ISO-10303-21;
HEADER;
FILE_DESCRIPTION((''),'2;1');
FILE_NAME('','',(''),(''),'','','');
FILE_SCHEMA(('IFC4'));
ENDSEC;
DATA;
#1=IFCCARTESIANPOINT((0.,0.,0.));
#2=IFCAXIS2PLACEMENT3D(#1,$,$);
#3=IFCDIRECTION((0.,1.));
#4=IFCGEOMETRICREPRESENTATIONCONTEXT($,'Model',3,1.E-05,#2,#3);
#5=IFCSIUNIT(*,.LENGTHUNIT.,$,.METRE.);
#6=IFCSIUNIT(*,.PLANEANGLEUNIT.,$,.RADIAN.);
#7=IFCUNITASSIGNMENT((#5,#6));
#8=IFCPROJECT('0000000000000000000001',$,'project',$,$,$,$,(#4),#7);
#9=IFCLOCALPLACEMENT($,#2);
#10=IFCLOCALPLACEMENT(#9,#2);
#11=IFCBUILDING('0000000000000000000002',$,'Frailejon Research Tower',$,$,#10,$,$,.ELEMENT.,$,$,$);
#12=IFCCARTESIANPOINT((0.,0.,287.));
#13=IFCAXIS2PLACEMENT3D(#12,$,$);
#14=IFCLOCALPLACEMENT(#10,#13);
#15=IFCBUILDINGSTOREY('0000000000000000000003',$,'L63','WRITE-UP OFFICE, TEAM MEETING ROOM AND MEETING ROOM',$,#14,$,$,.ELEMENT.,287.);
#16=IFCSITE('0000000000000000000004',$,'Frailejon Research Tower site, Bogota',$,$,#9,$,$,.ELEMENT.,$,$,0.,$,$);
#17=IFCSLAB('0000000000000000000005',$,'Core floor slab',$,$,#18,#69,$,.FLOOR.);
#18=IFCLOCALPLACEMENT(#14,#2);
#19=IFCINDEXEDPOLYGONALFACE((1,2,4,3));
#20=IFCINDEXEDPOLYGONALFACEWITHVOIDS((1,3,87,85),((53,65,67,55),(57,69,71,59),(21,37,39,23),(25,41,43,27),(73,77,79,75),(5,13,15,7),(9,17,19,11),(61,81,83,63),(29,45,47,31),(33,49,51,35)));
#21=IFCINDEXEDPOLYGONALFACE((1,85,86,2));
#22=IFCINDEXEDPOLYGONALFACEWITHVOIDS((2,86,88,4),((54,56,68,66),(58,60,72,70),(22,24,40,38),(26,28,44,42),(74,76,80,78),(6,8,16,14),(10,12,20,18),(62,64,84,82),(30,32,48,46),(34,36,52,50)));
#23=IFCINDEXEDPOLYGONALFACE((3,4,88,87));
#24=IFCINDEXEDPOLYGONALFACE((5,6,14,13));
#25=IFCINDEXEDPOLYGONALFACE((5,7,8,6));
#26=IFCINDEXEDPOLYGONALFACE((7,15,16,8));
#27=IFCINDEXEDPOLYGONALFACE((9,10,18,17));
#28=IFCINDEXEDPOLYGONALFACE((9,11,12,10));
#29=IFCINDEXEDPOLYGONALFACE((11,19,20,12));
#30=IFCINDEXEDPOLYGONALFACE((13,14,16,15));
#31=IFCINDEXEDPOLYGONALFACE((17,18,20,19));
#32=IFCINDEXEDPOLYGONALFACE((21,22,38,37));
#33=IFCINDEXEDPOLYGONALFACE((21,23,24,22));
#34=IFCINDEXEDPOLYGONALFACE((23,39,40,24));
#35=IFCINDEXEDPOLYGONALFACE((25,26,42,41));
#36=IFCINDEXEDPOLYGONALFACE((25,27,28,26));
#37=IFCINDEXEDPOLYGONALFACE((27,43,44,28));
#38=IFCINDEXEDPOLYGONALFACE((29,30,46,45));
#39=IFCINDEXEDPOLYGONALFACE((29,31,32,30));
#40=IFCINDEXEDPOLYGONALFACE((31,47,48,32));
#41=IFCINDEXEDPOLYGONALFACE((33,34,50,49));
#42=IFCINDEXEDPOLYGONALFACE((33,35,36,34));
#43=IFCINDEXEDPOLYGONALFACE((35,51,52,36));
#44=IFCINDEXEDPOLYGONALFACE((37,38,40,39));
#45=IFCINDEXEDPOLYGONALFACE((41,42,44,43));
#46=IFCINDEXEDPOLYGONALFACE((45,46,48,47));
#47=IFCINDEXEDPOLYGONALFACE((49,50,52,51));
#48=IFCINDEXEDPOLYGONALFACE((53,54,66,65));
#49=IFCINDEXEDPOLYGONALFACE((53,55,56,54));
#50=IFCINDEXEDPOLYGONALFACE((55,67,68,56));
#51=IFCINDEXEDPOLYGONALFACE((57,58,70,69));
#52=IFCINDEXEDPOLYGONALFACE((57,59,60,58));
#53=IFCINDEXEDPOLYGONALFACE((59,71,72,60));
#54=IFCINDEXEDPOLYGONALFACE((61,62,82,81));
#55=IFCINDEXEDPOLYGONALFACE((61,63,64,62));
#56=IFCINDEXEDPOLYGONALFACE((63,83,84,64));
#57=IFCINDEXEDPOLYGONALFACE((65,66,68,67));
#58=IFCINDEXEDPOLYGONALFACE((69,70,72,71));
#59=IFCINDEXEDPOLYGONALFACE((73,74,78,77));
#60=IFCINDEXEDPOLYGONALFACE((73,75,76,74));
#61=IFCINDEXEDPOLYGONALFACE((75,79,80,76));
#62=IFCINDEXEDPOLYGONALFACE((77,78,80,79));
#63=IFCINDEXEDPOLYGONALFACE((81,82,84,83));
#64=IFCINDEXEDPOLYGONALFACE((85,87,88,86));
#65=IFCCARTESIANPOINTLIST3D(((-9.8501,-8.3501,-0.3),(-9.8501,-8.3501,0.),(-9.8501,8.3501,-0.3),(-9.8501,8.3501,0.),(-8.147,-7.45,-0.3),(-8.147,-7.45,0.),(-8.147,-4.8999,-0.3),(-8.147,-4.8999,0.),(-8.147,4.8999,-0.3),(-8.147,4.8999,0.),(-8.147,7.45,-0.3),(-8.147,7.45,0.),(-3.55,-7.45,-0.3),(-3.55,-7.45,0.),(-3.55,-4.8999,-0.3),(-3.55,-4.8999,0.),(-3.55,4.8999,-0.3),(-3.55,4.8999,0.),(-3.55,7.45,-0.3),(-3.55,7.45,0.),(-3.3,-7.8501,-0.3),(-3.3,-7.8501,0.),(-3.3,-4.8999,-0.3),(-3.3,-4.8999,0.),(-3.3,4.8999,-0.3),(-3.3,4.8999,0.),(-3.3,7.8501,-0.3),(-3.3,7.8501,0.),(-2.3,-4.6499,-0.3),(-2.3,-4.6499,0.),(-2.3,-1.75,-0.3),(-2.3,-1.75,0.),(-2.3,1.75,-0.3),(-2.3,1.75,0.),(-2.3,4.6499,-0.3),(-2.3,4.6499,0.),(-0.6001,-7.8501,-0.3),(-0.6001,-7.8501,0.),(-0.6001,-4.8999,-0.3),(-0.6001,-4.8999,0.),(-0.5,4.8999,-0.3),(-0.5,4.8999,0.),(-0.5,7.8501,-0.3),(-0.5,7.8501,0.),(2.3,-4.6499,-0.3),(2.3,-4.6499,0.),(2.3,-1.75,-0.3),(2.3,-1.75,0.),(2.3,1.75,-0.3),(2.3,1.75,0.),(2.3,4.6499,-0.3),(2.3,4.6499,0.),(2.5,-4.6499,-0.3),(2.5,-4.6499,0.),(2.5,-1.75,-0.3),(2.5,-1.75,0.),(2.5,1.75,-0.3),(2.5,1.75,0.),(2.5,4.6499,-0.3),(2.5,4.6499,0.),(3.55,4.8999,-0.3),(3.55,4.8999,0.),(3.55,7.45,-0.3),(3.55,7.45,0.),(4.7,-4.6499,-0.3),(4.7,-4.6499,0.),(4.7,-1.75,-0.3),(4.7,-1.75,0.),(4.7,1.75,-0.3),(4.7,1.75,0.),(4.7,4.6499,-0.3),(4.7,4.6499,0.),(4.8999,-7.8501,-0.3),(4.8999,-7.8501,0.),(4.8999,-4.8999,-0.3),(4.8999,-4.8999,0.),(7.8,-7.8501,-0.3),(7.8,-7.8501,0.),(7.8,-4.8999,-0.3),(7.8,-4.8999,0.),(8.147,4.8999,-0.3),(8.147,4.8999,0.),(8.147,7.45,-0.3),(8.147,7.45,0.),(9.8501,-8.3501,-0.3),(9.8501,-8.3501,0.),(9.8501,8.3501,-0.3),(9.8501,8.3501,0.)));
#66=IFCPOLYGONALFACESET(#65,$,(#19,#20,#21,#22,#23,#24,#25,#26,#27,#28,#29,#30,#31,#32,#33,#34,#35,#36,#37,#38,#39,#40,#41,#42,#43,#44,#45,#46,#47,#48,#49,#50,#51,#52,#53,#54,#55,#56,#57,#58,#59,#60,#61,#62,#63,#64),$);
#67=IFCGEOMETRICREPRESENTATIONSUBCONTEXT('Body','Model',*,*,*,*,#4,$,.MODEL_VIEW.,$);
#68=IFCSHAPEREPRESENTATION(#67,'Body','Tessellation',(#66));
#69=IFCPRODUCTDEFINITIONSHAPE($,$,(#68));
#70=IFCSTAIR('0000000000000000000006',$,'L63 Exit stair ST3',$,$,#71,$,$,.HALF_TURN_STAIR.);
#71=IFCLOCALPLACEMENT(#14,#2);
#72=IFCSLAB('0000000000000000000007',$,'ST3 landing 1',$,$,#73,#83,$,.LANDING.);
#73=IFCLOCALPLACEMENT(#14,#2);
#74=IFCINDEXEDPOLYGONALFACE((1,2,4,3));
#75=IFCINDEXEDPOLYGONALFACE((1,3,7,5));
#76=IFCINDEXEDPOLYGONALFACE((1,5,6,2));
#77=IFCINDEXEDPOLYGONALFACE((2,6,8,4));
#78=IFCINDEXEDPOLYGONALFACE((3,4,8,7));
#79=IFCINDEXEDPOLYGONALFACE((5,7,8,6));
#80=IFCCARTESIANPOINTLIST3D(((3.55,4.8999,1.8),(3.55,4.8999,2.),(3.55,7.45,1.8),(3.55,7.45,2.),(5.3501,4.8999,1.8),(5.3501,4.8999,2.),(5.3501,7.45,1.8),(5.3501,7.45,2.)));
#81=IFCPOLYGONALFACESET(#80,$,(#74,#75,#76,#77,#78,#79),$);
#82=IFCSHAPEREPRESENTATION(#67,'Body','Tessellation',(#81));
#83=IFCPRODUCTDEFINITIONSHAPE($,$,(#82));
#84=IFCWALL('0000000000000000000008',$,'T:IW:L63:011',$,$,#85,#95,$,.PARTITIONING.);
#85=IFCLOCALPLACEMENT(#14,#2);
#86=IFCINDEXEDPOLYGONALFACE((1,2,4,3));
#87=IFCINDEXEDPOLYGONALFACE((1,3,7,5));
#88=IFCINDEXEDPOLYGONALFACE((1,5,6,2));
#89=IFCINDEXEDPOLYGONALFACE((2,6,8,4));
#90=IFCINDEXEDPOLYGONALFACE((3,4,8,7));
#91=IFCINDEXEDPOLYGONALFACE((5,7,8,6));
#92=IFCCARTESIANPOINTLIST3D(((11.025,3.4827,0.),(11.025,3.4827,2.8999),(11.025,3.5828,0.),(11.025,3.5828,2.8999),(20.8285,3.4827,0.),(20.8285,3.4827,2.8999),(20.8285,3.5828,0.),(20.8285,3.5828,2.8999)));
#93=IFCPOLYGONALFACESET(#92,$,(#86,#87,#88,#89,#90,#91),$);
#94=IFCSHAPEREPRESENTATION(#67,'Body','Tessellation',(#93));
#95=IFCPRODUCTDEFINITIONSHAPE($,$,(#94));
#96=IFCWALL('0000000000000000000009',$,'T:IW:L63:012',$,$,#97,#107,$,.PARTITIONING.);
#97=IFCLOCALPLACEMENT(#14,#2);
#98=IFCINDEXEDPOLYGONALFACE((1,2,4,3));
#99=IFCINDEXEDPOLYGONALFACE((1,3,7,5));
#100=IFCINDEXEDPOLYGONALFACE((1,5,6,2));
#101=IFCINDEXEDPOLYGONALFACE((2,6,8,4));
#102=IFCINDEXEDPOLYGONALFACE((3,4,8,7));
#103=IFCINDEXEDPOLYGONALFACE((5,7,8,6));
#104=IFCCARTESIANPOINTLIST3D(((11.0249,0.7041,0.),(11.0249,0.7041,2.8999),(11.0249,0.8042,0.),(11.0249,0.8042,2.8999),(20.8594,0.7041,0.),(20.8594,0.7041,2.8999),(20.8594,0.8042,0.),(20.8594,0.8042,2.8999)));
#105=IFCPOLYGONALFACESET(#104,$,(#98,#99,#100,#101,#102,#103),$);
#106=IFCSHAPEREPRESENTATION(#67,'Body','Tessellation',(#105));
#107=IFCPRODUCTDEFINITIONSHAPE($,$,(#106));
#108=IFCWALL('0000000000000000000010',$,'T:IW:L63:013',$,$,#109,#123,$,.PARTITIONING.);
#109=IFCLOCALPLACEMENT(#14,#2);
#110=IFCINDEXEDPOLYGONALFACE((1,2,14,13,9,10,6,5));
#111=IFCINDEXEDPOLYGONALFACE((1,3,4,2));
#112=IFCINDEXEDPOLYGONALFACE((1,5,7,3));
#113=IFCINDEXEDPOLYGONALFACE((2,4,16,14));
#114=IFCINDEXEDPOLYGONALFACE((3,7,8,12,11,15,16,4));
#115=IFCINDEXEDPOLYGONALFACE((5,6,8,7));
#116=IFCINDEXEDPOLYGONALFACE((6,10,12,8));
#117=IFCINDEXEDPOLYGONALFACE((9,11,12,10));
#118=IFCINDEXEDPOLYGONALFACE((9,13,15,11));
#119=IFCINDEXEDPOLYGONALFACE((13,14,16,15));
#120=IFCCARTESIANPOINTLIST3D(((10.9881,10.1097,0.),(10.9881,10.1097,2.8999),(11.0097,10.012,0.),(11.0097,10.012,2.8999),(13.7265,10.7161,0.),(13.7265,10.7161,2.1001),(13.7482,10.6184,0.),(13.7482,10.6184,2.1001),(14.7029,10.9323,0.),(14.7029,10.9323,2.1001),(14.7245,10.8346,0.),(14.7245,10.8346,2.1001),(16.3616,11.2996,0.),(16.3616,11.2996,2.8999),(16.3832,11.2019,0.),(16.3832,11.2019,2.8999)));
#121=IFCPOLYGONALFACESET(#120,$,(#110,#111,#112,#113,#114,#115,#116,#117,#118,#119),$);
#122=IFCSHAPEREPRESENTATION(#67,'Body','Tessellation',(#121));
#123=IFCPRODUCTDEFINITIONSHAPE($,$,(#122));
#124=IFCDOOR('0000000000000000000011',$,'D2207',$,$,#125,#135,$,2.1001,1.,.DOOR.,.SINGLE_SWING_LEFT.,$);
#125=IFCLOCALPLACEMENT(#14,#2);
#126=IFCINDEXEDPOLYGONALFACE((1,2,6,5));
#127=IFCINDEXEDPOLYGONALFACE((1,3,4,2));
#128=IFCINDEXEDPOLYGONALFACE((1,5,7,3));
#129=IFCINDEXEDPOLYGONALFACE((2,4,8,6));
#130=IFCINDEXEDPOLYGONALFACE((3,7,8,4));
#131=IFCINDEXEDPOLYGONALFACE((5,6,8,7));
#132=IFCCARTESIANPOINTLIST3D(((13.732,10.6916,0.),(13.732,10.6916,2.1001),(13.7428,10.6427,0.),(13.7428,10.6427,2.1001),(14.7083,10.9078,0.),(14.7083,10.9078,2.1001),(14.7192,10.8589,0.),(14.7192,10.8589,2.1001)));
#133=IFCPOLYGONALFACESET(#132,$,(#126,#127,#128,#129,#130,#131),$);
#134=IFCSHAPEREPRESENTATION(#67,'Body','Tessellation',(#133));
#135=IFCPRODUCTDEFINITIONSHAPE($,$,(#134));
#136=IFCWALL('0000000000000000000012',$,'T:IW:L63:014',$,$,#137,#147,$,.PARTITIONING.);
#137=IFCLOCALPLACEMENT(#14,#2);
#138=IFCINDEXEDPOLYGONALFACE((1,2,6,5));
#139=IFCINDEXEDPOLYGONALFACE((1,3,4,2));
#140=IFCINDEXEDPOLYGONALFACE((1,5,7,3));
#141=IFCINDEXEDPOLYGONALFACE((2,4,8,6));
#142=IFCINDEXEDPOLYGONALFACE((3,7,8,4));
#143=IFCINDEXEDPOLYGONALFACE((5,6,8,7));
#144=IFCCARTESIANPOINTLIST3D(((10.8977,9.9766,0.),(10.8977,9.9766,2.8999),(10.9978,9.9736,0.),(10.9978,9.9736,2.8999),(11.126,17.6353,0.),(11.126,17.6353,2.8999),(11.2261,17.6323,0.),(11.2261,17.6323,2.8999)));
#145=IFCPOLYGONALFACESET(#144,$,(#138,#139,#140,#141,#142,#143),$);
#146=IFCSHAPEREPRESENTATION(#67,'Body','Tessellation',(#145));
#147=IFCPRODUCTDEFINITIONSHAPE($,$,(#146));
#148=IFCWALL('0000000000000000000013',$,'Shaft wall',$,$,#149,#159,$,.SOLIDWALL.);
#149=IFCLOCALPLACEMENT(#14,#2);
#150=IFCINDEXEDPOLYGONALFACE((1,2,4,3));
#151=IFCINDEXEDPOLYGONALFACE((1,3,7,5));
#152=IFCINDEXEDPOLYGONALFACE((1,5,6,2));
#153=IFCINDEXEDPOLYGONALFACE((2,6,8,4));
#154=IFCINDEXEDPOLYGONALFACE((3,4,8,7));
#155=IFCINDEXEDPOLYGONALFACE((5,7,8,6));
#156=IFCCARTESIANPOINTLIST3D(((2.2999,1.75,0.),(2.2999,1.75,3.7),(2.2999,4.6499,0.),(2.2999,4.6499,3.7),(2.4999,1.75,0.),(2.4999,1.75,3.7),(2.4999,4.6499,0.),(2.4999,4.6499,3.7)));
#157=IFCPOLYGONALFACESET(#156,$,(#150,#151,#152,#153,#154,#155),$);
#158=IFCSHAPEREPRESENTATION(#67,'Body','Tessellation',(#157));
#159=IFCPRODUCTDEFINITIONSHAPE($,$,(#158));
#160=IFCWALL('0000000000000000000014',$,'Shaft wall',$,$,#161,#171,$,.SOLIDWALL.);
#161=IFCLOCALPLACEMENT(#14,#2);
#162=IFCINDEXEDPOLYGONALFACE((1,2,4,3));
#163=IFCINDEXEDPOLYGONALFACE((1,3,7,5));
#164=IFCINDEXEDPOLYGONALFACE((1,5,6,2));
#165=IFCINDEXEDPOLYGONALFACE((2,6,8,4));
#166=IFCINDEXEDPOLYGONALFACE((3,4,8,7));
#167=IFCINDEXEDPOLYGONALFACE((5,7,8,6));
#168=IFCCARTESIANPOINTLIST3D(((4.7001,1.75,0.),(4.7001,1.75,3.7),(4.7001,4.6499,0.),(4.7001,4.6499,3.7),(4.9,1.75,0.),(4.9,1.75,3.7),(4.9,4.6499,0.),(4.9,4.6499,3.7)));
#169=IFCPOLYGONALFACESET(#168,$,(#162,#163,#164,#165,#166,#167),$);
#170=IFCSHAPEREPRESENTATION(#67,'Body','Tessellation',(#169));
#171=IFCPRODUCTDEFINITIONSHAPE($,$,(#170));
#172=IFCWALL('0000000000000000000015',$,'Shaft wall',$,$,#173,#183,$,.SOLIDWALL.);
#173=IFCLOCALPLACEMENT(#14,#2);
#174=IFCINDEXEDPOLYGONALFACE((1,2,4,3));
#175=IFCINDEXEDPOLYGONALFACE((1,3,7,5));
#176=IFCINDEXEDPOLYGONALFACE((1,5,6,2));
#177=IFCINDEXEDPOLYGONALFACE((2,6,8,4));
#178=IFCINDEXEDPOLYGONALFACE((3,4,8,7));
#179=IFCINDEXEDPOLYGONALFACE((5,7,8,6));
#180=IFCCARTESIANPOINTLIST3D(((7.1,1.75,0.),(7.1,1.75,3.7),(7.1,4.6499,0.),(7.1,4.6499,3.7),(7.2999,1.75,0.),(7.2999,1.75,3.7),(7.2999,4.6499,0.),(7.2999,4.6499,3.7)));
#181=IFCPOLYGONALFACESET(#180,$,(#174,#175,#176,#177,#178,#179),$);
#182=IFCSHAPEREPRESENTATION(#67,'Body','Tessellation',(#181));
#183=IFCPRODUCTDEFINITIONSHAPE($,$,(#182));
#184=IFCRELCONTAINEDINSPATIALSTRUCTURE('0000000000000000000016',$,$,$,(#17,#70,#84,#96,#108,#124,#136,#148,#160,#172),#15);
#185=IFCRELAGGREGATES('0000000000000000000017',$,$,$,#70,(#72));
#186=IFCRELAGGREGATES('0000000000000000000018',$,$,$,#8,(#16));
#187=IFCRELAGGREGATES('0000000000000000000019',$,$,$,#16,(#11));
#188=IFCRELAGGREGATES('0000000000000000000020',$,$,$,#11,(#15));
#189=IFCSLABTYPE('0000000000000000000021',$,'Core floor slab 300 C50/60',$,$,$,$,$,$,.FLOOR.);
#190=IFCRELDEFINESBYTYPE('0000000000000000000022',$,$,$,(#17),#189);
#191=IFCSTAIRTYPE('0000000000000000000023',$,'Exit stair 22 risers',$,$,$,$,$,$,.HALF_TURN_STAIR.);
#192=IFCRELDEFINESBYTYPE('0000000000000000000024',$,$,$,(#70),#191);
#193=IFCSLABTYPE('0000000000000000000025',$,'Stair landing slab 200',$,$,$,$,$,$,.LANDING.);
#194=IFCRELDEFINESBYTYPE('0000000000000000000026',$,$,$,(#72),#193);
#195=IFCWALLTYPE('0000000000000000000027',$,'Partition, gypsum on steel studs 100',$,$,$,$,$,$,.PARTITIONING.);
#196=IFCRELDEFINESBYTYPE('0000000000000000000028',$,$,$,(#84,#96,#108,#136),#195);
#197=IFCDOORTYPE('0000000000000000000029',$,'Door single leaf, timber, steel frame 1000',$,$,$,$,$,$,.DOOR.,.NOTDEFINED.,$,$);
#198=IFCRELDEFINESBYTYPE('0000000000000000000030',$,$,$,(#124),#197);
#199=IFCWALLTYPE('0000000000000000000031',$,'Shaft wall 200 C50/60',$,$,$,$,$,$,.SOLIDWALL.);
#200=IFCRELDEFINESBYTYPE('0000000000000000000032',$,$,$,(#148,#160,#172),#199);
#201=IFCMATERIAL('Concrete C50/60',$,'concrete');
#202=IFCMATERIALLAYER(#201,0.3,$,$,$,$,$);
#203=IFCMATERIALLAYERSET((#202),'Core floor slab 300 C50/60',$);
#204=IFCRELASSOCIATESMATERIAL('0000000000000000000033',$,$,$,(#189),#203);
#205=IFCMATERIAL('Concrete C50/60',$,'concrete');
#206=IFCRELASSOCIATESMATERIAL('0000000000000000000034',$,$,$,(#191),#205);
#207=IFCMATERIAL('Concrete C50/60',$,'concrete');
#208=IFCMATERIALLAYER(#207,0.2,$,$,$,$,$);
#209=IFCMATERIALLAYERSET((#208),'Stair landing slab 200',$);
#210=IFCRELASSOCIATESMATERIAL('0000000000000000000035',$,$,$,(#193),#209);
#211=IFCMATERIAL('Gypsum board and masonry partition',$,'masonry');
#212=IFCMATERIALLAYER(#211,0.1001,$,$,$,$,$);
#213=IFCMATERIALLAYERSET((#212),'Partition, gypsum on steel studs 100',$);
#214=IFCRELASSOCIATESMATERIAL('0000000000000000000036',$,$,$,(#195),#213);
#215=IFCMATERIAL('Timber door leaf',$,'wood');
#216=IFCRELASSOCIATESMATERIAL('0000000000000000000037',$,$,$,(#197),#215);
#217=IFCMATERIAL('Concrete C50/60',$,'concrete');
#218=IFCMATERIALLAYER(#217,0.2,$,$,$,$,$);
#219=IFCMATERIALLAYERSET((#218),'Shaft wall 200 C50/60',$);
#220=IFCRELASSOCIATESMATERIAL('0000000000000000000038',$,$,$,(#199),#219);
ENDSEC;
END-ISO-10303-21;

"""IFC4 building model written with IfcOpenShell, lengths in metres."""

from ifc_helpers import new_model, si_unit, direction, frame, frame_2d, origin, place, context, subcontext, project, spatial, polyline, rectangle, outline, extrude, material, layer, layer_set, type_object, element, fill, aggregate, save


model = new_model("IFC4")

# Units and contexts
model_context = context("Model", 3, precision=1e-05, world=origin(), true_north=direction((0.0, 1.0)))
body_context = subcontext(model_context, "Body", "Model", "MODEL_VIEW")
ifc_project = project(units=[si_unit("LENGTHUNIT", "METRE"), si_unit("PLANEANGLEUNIT", "RADIAN")], contexts=[model_context])

# Site, building, storey
site_placement = place(None, origin())
site = spatial("IfcSite", under=ifc_project, at=site_placement, Name="Frailejon Research Tower site, Bogota", CompositionType="ELEMENT", RefElevation=0.0)
building_placement = place(site_placement, origin())
building = spatial("IfcBuilding", under=site, at=building_placement, Name="Frailejon Research Tower", CompositionType="ELEMENT")
storey_placement = place(building_placement, frame((0.0, 0.0, 287.0)))
storey = spatial("IfcBuildingStorey", under=building, at=storey_placement, Name="L63", Description="WRITE-UP OFFICE, TEAM MEETING ROOM AND MEETING ROOM", CompositionType="ELEMENT", Elevation=287.0)

# Slab
ifc_material_1 = material(Name="Concrete C50/60", Category="concrete")
ifc_layer_1 = layer(ifc_material_1, 0.3)
ifc_layer_set_1 = layer_set([ifc_layer_1], Name="Core floor slab 300 C50/60")
slab_type_1 = type_object("IfcSlabType", Name="Core floor slab 300 C50/60", PredefinedType="FLOOR", material=ifc_layer_set_1)
slab_1_placement = place(storey_placement, frame((0.0, 0.0, -0.3)))
element("IfcSlab", 1, at=slab_1_placement, inside=storey, type_object=slab_type_1, Name="Core floor slab", PredefinedType="FLOOR", context=body_context, shape_type="SweptSolid", body=[
    extrude(outline(polyline([(9.8501, -8.3501), (9.8501, 8.3501), (-9.8501, 8.3501), (-9.8501, -8.3501), (9.8501, -8.3501)]), holes=[polyline([(2.3, 1.75), (2.3, 4.6499), (-2.3, 4.6499), (-2.3, 1.75), (2.3, 1.75)]), polyline([(4.7, 1.75), (4.7, 4.6499), (2.5, 4.6499), (2.5, 1.75), (4.7, 1.75)]), polyline([(2.3, -4.6499), (2.3, -1.75), (-2.3, -1.75), (-2.3, -4.6499), (2.3, -4.6499)]), polyline([(4.7, -4.6499), (4.7, -1.75), (2.5, -1.75), (2.5, -4.6499), (4.7, -4.6499)]), polyline([(-8.147, 4.8999), (-3.55, 4.8999), (-3.55, 7.45), (-8.147, 7.45), (-8.147, 4.8999)]), polyline([(-8.147, -7.45), (-3.55, -7.45), (-3.55, -4.8999), (-8.147, -4.8999), (-8.147, -7.45)]), polyline([(8.147, 7.45), (3.55, 7.45), (3.55, 4.8999), (8.147, 4.8999), (8.147, 7.45)]), polyline([(-0.6001, -7.8501), (-0.6001, -4.8999), (-3.3, -4.8999), (-3.3, -7.8501), (-0.6001, -7.8501)]), polyline([(7.8, -7.8501), (7.8, -4.8999), (4.8999, -4.8999), (4.8999, -7.8501), (7.8, -7.8501)]), polyline([(-0.5, 4.8999), (-0.5, 7.8501), (-3.3, 7.8501), (-3.3, 4.8999), (-0.5, 4.8999)])]), origin(), (0.0, 0.0, 1.0), 0.3),
])

# Stair, slab
ifc_material_2 = material(Name="Concrete C50/60", Category="concrete")
stair_type = type_object("IfcStairType", Name="Exit stair 22 risers", PredefinedType="HALF_TURN_STAIR", material=ifc_material_2)
stair_placement = place(storey_placement, origin())
stair = element("IfcStair", 2, at=stair_placement, inside=storey, type_object=stair_type, Name="L63 Exit stair ST3", PredefinedType="HALF_TURN_STAIR")
ifc_material_3 = material(Name="Concrete C50/60", Category="concrete")
ifc_layer_2 = layer(ifc_material_3, 0.2)
ifc_layer_set_2 = layer_set([ifc_layer_2], Name="Stair landing slab 200")
slab_type_2 = type_object("IfcSlabType", Name="Stair landing slab 200", PredefinedType="LANDING", material=ifc_layer_set_2)
slab_2_placement = place(storey_placement, frame((0.0, 0.0, 1.8)))
slab_2 = element("IfcSlab", 3, at=slab_2_placement, type_object=slab_type_2, Name="ST3 landing 1", PredefinedType="LANDING", context=body_context, shape_type="SweptSolid", body=[
    extrude(outline(polyline([(5.3501, 7.45), (3.55, 7.45), (3.55, 4.8999), (5.3501, 4.8999), (5.3501, 7.45)])), origin(), (0.0, 0.0, 1.0), 0.2),
])

# Walls
ifc_material_4 = material(Name="Gypsum board and masonry partition", Category="masonry")
ifc_layer_3 = layer(ifc_material_4, 0.1001)
ifc_layer_set_3 = layer_set([ifc_layer_3], Name="Partition, gypsum on steel studs 100")
wall_type_1 = type_object("IfcWallType", Name="Partition, gypsum on steel studs 100", PredefinedType="PARTITIONING", material=ifc_layer_set_3)
wall_1_placement = place(storey_placement, frame((11.0249, 3.5327, 0.0), z_axis=(0.0, 0.0, 1.0), x_axis=(1.0, 0.0, 0.0)))
element("IfcWall", 4, at=wall_1_placement, inside=storey, type_object=wall_type_1, Name="T:IW:L63:011", PredefinedType="PARTITIONING", context=body_context, shape_type="SweptSolid", body=[
    extrude(rectangle(XDim=9.8035, YDim=0.1001, at=frame_2d((4.9019, 0.0))), origin(), (0.0, 0.0, 1.0), 2.8999),
])
wall_2_placement = place(storey_placement, frame((11.0249, 0.7542, 0.0), z_axis=(0.0, 0.0, 1.0), x_axis=(1.0, 0.0, 0.0)))
element("IfcWall", 5, at=wall_2_placement, inside=storey, type_object=wall_type_1, Name="T:IW:L63:012", PredefinedType="PARTITIONING", context=body_context, shape_type="SweptSolid", body=[
    extrude(rectangle(XDim=9.8345, YDim=0.1001, at=frame_2d((4.9172, 0.0))), origin(), (0.0, 0.0, 1.0), 2.8999),
])

# Wall, opening, door
wall_3_placement = place(storey_placement, frame((10.9988, 10.0608, 0.0), z_axis=(0.0, 0.0, 1.0), x_axis=(0.976348, 0.216207, 0.0)))
wall_3 = element("IfcWall", 6, at=wall_3_placement, inside=storey, type_object=wall_type_1, Name="T:IW:L63:013", PredefinedType="PARTITIONING", context=body_context, shape_type="SweptSolid", body=[
    extrude(rectangle(XDim=5.5037, YDim=0.1001, at=frame_2d((2.752, 0.0))), origin(), (0.0, 0.0, 1.0), 2.8999),
])
opening_1_placement = place(wall_3_placement, frame((2.8049, 0.0, 0.0)))
opening_1 = element("IfcOpeningElement", 7, at=opening_1_placement, cuts=wall_3, PredefinedType="OPENING", context=body_context, shape_type="SweptSolid", body=[
    extrude(rectangle(XDim=1.0, YDim=2.1001, at=frame_2d((0.5, 1.05))), frame((0.0, 0.0601, 0.0), z_axis=(0.0, -1.0, 0.0), x_axis=(1.0, 0.0, 0.0)), (0.0, 0.0, 1.0), 0.1201),
])
ifc_material_5 = material(Name="Timber door leaf", Category="wood")
door_type_1 = type_object("IfcDoorType", Name="Door single leaf, timber, steel frame 1000", OperationType="NOTDEFINED", PredefinedType="DOOR", material=ifc_material_5)
door_1_placement = place(opening_1_placement, origin())
door_1 = element("IfcDoor", 8, at=door_1_placement, inside=storey, type_object=door_type_1, Name="D2207", OperationType="SINGLE_SWING_LEFT", OverallHeight=2.1001, OverallWidth=1.0, PredefinedType="DOOR", context=body_context, shape_type="SweptSolid", body=[
    extrude(rectangle(XDim=1.0, YDim=2.1001, at=frame_2d((0.5, 1.05))), frame((0.0, 0.0249, 0.0), z_axis=(0.0, -1.0, 0.0), x_axis=(1.0, 0.0, 0.0)), (0.0, 0.0, 1.0), 0.05),
])
fill(opening_1, door_1)

# Walls
wall_4_placement = place(storey_placement, frame((10.9478, 9.9751, 0.0), z_axis=(0.0, 0.0, 1.0), x_axis=(0.029792, 0.999556, 0.0)))
element("IfcWall", 9, at=wall_4_placement, inside=storey, type_object=wall_type_1, Name="T:IW:L63:014", PredefinedType="PARTITIONING", context=body_context, shape_type="SweptSolid", body=[
    extrude(rectangle(XDim=7.6621, YDim=0.1001, at=frame_2d((3.8311, 0.0))), origin(), (0.0, 0.0, 1.0), 2.8999),
])
ifc_material_6 = material(Name="Concrete C50/60", Category="concrete")
ifc_layer_4 = layer(ifc_material_6, 0.2)
ifc_layer_set_4 = layer_set([ifc_layer_4], Name="Shaft wall 200 C50/60")
wall_type_2 = type_object("IfcWallType", Name="Shaft wall 200 C50/60", PredefinedType="SOLIDWALL", material=ifc_layer_set_4)
for number, where, z_axis, x_axis, name in (
    (10, (2.3999, 1.75, 0.0), (0.0, 0.0, 1.0), (0.0, 1.0, 0.0), "Shaft wall"),
    (11, (4.8, 1.75, 0.0), (0.0, 0.0, 1.0), (0.0, 1.0, 0.0), "Shaft wall"),
    (12, (7.2, 1.75, 0.0), (0.0, 0.0, 1.0), (0.0, 1.0, 0.0), "Shaft wall"),
):
    element("IfcWall", number, at=place(storey_placement, frame(where, z_axis=z_axis, x_axis=x_axis)), inside=storey, type_object=wall_type_2, Name=name, PredefinedType="SOLIDWALL", context=body_context, shape_type="SweptSolid", body=[
        extrude(rectangle(XDim=2.8999, YDim=0.2, at=frame_2d((1.45, 0.0))), origin(), (0.0, 0.0, 1.0), 3.7),
    ])

aggregate(stair, [slab_2])

save(model, "model.ifc")
